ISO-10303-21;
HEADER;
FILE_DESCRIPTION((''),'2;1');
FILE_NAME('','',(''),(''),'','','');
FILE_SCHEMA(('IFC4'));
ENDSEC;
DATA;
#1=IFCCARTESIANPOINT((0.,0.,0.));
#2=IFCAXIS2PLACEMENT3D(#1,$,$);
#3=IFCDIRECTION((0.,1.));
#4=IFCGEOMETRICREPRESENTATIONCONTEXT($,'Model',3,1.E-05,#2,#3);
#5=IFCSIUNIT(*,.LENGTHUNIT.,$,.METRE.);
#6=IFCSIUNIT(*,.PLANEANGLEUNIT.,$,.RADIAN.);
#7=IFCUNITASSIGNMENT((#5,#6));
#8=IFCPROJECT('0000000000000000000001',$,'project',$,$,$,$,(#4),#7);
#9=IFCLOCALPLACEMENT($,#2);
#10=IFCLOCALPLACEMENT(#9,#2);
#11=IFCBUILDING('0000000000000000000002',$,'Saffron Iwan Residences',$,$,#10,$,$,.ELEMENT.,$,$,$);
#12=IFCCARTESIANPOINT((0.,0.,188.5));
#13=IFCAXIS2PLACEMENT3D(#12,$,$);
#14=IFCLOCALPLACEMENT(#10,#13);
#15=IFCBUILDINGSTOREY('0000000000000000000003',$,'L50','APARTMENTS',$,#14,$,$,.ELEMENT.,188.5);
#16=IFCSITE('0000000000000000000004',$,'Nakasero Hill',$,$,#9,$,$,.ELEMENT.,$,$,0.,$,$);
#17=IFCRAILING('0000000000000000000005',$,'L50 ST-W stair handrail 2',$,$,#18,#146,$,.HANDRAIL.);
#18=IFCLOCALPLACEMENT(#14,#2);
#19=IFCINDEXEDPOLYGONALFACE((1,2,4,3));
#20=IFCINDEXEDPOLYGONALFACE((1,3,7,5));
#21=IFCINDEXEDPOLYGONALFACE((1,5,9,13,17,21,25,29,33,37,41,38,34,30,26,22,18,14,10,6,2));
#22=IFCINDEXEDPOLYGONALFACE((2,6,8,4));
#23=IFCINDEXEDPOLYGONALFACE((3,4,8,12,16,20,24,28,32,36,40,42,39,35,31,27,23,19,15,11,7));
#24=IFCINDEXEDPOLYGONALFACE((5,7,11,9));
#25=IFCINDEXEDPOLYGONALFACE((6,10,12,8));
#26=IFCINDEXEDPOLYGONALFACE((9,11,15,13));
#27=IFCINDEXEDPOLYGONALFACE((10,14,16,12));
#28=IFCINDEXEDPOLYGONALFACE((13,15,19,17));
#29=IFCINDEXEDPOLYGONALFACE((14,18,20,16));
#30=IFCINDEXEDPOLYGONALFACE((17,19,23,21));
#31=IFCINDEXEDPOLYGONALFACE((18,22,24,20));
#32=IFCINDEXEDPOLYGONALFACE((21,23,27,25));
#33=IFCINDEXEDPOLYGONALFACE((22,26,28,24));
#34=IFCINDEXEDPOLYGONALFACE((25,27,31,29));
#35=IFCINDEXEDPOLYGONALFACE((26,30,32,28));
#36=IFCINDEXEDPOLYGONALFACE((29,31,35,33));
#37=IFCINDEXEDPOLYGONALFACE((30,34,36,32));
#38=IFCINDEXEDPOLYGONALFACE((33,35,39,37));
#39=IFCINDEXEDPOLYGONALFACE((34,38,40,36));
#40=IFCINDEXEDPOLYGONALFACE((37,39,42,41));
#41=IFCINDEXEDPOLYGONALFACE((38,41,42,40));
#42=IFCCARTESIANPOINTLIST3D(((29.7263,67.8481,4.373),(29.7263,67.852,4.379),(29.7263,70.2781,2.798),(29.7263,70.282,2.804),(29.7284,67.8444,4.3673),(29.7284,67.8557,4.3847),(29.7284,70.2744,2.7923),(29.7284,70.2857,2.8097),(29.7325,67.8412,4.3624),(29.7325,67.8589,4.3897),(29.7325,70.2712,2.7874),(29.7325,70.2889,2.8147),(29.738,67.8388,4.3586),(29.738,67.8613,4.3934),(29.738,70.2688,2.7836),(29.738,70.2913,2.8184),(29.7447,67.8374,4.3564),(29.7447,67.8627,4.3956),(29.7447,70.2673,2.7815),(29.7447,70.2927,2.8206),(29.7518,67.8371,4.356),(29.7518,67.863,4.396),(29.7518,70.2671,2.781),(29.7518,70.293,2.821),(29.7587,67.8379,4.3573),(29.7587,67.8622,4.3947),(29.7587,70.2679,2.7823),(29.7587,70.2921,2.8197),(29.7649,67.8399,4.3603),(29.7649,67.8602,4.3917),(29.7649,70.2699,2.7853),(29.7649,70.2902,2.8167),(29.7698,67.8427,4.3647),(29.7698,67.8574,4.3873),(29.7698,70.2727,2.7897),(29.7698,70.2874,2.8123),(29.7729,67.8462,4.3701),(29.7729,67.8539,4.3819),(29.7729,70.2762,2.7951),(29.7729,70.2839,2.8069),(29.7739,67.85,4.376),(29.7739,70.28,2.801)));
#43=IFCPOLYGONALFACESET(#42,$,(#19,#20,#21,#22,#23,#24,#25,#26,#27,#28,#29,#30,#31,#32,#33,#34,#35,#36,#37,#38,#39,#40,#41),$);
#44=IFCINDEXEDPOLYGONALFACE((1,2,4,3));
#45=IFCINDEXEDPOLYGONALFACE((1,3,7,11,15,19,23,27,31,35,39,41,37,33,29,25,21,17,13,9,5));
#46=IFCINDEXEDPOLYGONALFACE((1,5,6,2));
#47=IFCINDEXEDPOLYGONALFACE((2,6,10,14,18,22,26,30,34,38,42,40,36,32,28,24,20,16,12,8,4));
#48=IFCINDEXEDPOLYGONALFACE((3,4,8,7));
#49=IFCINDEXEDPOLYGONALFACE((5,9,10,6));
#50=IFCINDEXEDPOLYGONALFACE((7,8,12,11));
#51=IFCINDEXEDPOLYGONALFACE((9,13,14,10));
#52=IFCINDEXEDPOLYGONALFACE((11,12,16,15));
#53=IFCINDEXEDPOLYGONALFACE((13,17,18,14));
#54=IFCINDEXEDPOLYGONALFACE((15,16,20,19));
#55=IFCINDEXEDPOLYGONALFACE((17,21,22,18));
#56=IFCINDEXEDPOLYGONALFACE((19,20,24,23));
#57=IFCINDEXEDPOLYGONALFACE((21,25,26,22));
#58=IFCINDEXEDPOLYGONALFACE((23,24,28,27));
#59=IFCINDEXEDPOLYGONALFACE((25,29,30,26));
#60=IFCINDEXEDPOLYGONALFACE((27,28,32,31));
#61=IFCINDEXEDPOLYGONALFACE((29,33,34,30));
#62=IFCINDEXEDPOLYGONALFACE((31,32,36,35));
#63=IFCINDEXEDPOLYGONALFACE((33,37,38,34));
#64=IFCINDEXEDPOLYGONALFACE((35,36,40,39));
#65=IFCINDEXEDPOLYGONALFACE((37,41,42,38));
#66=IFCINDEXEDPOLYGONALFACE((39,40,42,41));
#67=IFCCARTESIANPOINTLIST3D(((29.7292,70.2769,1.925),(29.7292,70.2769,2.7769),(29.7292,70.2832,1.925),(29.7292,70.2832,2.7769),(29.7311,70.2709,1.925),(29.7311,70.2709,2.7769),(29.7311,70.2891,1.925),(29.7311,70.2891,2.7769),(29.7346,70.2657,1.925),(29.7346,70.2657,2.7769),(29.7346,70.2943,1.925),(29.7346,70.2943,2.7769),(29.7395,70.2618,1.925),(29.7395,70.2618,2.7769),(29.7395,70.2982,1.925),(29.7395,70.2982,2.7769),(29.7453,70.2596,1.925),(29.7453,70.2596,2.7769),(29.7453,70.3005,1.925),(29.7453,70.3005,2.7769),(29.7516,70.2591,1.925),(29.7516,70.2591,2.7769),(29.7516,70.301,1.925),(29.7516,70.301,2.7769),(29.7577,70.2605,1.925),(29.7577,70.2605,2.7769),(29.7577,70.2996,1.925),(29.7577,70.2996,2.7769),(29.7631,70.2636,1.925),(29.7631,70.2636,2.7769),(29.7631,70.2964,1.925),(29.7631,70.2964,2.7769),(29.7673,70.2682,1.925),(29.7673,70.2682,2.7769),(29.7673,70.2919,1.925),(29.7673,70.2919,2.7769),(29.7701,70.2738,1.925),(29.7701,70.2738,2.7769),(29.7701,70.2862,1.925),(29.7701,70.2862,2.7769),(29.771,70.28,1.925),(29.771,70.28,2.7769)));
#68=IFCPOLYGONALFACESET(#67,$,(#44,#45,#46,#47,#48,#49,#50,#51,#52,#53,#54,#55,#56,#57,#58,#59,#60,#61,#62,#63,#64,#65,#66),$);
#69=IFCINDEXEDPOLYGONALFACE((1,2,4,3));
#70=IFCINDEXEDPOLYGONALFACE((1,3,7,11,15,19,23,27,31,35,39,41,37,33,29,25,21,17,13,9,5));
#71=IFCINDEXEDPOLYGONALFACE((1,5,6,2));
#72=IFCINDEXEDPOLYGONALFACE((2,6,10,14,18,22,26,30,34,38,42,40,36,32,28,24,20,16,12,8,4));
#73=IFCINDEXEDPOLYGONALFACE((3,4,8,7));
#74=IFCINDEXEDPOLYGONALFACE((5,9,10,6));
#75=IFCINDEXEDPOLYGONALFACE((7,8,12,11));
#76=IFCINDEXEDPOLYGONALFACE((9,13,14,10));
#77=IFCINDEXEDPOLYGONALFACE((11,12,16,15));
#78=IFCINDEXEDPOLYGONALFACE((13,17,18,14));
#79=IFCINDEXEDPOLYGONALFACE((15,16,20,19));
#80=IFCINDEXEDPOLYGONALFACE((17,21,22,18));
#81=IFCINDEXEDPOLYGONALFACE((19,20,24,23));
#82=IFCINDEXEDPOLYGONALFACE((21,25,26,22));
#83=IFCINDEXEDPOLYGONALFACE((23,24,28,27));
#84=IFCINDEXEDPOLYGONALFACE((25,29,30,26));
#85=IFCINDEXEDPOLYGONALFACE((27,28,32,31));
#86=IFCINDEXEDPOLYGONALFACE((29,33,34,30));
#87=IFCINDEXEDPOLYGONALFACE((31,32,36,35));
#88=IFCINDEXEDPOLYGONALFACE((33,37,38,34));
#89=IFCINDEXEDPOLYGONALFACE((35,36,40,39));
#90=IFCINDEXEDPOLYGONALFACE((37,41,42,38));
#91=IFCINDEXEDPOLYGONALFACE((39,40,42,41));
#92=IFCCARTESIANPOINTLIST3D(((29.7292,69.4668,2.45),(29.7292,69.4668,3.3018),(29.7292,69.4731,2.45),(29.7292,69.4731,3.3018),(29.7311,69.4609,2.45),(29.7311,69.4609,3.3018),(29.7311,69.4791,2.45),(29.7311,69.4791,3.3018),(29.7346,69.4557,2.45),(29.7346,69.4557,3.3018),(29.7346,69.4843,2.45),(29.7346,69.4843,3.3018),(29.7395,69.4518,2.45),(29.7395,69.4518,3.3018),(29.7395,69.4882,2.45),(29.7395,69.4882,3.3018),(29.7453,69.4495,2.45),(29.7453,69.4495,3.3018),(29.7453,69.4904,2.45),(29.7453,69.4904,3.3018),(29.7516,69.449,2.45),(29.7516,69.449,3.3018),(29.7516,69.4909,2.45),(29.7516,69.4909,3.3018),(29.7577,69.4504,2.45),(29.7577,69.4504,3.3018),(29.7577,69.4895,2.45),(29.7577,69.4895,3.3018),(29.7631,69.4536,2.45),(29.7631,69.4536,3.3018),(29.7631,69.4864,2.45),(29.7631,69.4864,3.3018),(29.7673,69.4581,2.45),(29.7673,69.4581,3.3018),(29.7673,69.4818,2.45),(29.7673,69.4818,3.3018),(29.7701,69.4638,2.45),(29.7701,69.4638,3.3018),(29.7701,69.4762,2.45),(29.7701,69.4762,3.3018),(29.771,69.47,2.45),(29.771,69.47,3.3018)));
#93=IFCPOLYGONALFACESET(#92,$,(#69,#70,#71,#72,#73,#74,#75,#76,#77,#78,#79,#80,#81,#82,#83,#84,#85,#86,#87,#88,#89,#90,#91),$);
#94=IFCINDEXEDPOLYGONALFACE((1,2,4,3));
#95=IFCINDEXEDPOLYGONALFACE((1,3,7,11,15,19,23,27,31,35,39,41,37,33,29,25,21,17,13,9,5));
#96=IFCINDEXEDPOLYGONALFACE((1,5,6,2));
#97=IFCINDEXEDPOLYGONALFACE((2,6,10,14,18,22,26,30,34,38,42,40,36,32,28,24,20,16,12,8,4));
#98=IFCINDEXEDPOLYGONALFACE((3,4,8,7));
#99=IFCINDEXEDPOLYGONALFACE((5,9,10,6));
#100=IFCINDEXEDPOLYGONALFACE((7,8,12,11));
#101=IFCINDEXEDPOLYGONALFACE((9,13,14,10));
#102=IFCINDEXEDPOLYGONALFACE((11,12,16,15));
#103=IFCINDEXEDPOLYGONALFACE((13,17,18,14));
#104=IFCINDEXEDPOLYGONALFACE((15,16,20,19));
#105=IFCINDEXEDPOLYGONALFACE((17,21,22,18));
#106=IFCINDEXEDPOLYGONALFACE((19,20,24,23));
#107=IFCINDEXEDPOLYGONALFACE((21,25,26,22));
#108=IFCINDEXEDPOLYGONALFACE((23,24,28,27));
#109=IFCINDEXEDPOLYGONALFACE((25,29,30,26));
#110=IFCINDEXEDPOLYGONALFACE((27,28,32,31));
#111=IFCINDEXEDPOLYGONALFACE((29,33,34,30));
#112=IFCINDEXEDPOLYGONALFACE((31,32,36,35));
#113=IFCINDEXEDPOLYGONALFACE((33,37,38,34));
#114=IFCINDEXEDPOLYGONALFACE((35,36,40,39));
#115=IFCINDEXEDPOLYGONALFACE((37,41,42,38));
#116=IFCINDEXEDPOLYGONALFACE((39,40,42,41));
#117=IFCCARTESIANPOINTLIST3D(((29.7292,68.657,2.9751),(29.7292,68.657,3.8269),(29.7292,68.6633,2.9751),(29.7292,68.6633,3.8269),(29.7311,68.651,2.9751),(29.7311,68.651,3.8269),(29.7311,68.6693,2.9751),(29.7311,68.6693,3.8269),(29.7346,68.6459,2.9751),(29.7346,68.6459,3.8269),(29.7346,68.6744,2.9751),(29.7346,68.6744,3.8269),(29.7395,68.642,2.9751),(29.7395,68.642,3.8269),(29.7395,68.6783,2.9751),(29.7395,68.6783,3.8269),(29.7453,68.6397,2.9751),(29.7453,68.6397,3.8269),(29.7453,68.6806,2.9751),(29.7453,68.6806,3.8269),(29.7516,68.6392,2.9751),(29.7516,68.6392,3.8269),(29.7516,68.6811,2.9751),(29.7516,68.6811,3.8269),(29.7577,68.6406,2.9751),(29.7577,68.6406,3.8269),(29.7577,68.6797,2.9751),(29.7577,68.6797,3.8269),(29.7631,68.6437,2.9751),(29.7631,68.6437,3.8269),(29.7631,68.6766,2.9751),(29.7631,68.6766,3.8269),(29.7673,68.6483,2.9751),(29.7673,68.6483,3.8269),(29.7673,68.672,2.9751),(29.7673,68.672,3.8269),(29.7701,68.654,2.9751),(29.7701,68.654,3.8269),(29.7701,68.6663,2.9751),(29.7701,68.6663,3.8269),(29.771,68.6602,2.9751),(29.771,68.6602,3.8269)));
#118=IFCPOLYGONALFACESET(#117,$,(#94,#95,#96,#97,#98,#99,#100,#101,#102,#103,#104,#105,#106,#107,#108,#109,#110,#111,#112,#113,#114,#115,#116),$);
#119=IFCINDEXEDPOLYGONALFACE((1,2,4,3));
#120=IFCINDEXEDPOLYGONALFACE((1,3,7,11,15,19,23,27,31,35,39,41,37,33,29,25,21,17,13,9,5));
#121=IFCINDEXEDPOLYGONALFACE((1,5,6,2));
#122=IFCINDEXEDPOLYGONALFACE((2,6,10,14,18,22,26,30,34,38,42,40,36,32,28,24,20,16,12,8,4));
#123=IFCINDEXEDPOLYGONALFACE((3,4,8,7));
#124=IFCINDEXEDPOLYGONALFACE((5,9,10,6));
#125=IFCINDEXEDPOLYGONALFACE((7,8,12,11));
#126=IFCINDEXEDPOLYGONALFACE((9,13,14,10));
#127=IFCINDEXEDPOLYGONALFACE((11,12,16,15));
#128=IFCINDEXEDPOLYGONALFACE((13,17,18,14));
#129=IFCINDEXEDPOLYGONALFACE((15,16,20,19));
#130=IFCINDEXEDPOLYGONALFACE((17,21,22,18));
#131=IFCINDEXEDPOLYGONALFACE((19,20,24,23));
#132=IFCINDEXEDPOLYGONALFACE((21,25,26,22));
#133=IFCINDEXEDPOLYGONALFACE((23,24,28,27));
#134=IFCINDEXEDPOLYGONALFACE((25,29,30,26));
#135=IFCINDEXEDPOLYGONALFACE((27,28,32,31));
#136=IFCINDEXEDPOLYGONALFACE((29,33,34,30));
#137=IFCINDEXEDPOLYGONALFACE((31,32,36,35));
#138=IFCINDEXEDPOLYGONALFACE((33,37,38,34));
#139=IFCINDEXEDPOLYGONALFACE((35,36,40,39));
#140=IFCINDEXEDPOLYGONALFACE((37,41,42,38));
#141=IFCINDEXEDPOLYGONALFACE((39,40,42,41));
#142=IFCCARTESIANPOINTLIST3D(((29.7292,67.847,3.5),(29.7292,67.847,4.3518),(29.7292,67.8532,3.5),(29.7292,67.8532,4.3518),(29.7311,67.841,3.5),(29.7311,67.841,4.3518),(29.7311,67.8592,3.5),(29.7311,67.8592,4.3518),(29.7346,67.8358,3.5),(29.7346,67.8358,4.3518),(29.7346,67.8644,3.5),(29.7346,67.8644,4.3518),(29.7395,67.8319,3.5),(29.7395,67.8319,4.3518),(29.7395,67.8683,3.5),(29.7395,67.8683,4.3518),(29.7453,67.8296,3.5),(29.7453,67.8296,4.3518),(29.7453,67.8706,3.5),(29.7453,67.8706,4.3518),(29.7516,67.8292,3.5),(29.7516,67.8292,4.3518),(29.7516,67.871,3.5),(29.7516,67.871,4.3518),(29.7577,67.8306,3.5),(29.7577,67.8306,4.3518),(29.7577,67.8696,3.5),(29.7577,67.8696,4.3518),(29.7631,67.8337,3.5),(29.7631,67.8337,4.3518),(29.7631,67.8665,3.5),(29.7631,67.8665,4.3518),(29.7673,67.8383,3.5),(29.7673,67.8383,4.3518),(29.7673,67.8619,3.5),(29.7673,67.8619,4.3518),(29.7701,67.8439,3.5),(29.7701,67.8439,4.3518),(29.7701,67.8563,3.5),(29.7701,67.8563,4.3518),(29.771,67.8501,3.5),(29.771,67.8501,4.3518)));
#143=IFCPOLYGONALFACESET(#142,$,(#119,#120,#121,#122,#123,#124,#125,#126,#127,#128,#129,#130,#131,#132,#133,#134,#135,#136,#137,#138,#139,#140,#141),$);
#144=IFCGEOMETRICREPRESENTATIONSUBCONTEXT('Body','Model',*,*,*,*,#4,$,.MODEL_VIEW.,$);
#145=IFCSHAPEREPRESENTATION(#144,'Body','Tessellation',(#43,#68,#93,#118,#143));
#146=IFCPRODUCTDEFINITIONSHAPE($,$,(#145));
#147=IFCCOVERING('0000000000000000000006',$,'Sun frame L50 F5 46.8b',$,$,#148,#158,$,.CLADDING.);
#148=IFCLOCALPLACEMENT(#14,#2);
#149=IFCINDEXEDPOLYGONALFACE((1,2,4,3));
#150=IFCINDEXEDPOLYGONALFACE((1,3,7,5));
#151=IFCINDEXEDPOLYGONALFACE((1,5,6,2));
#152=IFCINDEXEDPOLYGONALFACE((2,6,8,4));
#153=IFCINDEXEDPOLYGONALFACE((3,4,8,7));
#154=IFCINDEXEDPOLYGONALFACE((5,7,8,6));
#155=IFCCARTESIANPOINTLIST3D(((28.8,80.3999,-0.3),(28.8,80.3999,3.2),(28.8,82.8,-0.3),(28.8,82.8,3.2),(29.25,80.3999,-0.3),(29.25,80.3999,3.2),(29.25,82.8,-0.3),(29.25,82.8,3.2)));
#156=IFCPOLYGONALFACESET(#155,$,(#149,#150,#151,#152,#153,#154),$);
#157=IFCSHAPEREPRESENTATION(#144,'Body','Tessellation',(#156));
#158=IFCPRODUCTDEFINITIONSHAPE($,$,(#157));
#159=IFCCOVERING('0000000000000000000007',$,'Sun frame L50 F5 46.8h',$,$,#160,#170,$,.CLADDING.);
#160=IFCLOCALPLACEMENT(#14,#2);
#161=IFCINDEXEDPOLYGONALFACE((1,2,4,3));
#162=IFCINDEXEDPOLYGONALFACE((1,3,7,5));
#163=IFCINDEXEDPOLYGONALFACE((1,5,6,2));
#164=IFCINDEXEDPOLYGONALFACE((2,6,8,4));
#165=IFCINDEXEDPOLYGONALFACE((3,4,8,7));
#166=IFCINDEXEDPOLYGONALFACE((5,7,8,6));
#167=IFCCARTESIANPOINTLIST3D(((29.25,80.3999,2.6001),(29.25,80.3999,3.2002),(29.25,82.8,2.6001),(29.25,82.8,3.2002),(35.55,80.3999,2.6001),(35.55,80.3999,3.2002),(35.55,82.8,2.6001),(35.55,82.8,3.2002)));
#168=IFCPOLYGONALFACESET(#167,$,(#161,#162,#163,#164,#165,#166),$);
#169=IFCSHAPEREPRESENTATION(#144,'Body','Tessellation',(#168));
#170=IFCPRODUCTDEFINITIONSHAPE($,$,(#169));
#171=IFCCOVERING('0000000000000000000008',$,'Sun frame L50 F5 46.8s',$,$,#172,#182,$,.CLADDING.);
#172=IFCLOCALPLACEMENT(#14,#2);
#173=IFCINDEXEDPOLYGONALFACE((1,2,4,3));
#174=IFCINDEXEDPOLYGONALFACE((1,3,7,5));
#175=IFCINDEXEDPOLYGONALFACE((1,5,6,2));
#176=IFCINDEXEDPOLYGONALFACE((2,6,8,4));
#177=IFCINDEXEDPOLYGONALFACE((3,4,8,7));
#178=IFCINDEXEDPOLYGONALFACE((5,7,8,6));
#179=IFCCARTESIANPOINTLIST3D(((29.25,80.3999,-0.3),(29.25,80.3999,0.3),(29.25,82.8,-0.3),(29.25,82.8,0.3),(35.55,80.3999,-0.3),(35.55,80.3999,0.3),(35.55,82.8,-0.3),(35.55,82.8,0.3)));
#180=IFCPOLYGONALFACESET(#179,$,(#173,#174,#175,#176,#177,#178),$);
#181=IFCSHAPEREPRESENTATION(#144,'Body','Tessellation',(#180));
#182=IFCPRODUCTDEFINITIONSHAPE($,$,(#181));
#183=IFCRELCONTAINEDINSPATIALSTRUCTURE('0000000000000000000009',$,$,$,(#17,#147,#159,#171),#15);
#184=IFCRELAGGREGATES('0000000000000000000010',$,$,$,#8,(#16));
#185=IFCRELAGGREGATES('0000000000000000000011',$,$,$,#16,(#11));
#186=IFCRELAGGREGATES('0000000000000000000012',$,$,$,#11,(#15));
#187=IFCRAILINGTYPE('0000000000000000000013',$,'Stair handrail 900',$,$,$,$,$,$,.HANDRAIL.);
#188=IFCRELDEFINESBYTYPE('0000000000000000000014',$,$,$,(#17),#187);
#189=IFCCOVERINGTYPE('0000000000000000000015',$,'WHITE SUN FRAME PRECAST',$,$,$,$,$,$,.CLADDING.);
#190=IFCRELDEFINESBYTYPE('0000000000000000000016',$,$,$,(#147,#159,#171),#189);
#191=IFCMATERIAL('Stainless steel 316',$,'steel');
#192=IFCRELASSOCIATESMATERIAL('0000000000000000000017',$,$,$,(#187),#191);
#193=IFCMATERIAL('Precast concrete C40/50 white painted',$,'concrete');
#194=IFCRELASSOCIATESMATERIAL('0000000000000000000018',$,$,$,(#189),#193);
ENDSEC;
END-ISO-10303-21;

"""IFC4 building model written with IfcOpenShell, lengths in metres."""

from ifc_helpers import new_model, si_unit, direction, frame, origin, origin_2d, place, context, subcontext, project, spatial, polyline, circle, outline, extrude, material, type_object, element, save


model = new_model("IFC4")

# Units and contexts
model_context = context("Model", 3, precision=1e-05, world=origin(), true_north=direction((0.0, 1.0)))
body_context = subcontext(model_context, "Body", "Model", "MODEL_VIEW")
ifc_project = project(units=[si_unit("LENGTHUNIT", "METRE"), si_unit("PLANEANGLEUNIT", "RADIAN")], contexts=[model_context])

# Site, building, storey
site_placement = place(None, origin())
site = spatial("IfcSite", under=ifc_project, at=site_placement, Name="Nakasero Hill", CompositionType="ELEMENT", RefElevation=0.0)
building_placement = place(site_placement, origin())
building = spatial("IfcBuilding", under=site, at=building_placement, Name="Saffron Iwan Residences", CompositionType="ELEMENT")
storey_placement = place(building_placement, frame((0.0, 0.0, 188.5)))
storey = spatial("IfcBuildingStorey", under=building, at=storey_placement, Name="L50", Description="APARTMENTS", CompositionType="ELEMENT", Elevation=188.5)

# Railing
ifc_material_1 = material(Name="Stainless steel 316", Category="steel")
railing_type = type_object("IfcRailingType", Name="Stair handrail 900", PredefinedType="HANDRAIL", material=ifc_material_1)
railing_placement = place(storey_placement, frame((29.75, 70.28, 1.925)))
element("IfcRailing", 1, at=railing_placement, inside=storey, type_object=railing_type, Name="L50 ST-W stair handrail 2", PredefinedType="HANDRAIL", context=body_context, shape_type="SweptSolid", body=[
    extrude(circle(Radius=0.0239, at=origin_2d()), frame((0.0, 0.0, 0.876), z_axis=(0.0, -0.839154, 0.543894), x_axis=(1.0, 0.0, 0.0)), (0.0, 0.0, 1.0), 2.8958),
    extrude(circle(Radius=0.021, at=origin_2d()), origin(), (0.0, 0.0, 1.0), 0.8518),
    extrude(circle(Radius=0.021, at=origin_2d()), frame((0.0, -0.8101, 0.5249)), (0.0, 0.0, 1.0), 0.8518),
    extrude(circle(Radius=0.021, at=origin_2d()), frame((0.0, -1.6199, 1.05)), (0.0, 0.0, 1.0), 0.8518),
    extrude(circle(Radius=0.021, at=origin_2d()), frame((0.0, -2.4299, 1.575)), (0.0, 0.0, 1.0), 0.8518),
])

# Coverings
ifc_material_2 = material(Name="Precast concrete C40/50 white painted", Category="concrete")
covering_type_1 = type_object("IfcCoveringType", Name="WHITE SUN FRAME PRECAST", PredefinedType="CLADDING", material=ifc_material_2)
covering_1_placement = place(storey_placement, frame((29.25, 80.3999, -0.3), z_axis=(0.0, 1.0, 0.0), x_axis=(-1.0, 0.0, 0.0)))
element("IfcCovering", 2, at=covering_1_placement, inside=storey, type_object=covering_type_1, Name="Sun frame L50 F5 46.8b", PredefinedType="CLADDING", context=body_context, shape_type="SweptSolid", body=[
    extrude(outline(polyline([(0.0, 0.0), (0.45, 0.0), (0.45, 3.5), (0.0, 3.5), (0.0, 0.0)])), origin(), (0.0, 0.0, 1.0), 2.4001),
])
for number, where, z_axis, x_axis, name in (
    (3, (35.55, 80.3999, 2.6001), (0.0, 1.0, 0.0), (-1.0, 0.0, 0.0), "Sun frame L50 F5 46.8h"),
    (4, (35.55, 80.3999, -0.3), (0.0, 1.0, 0.0), (-1.0, 0.0, 0.0), "Sun frame L50 F5 46.8s"),
):
    element("IfcCovering", number, at=place(storey_placement, frame(where, z_axis=z_axis, x_axis=x_axis)), inside=storey, type_object=covering_type_1, Name=name, PredefinedType="CLADDING", context=body_context, shape_type="SweptSolid", body=[
        extrude(outline(polyline([(0.0, 0.0), (6.3, 0.0), (6.3, 0.6001), (0.0, 0.6001), (0.0, 0.0)])), origin(), (0.0, 0.0, 1.0), 2.4001),
    ])

save(model, "model.ifc")
